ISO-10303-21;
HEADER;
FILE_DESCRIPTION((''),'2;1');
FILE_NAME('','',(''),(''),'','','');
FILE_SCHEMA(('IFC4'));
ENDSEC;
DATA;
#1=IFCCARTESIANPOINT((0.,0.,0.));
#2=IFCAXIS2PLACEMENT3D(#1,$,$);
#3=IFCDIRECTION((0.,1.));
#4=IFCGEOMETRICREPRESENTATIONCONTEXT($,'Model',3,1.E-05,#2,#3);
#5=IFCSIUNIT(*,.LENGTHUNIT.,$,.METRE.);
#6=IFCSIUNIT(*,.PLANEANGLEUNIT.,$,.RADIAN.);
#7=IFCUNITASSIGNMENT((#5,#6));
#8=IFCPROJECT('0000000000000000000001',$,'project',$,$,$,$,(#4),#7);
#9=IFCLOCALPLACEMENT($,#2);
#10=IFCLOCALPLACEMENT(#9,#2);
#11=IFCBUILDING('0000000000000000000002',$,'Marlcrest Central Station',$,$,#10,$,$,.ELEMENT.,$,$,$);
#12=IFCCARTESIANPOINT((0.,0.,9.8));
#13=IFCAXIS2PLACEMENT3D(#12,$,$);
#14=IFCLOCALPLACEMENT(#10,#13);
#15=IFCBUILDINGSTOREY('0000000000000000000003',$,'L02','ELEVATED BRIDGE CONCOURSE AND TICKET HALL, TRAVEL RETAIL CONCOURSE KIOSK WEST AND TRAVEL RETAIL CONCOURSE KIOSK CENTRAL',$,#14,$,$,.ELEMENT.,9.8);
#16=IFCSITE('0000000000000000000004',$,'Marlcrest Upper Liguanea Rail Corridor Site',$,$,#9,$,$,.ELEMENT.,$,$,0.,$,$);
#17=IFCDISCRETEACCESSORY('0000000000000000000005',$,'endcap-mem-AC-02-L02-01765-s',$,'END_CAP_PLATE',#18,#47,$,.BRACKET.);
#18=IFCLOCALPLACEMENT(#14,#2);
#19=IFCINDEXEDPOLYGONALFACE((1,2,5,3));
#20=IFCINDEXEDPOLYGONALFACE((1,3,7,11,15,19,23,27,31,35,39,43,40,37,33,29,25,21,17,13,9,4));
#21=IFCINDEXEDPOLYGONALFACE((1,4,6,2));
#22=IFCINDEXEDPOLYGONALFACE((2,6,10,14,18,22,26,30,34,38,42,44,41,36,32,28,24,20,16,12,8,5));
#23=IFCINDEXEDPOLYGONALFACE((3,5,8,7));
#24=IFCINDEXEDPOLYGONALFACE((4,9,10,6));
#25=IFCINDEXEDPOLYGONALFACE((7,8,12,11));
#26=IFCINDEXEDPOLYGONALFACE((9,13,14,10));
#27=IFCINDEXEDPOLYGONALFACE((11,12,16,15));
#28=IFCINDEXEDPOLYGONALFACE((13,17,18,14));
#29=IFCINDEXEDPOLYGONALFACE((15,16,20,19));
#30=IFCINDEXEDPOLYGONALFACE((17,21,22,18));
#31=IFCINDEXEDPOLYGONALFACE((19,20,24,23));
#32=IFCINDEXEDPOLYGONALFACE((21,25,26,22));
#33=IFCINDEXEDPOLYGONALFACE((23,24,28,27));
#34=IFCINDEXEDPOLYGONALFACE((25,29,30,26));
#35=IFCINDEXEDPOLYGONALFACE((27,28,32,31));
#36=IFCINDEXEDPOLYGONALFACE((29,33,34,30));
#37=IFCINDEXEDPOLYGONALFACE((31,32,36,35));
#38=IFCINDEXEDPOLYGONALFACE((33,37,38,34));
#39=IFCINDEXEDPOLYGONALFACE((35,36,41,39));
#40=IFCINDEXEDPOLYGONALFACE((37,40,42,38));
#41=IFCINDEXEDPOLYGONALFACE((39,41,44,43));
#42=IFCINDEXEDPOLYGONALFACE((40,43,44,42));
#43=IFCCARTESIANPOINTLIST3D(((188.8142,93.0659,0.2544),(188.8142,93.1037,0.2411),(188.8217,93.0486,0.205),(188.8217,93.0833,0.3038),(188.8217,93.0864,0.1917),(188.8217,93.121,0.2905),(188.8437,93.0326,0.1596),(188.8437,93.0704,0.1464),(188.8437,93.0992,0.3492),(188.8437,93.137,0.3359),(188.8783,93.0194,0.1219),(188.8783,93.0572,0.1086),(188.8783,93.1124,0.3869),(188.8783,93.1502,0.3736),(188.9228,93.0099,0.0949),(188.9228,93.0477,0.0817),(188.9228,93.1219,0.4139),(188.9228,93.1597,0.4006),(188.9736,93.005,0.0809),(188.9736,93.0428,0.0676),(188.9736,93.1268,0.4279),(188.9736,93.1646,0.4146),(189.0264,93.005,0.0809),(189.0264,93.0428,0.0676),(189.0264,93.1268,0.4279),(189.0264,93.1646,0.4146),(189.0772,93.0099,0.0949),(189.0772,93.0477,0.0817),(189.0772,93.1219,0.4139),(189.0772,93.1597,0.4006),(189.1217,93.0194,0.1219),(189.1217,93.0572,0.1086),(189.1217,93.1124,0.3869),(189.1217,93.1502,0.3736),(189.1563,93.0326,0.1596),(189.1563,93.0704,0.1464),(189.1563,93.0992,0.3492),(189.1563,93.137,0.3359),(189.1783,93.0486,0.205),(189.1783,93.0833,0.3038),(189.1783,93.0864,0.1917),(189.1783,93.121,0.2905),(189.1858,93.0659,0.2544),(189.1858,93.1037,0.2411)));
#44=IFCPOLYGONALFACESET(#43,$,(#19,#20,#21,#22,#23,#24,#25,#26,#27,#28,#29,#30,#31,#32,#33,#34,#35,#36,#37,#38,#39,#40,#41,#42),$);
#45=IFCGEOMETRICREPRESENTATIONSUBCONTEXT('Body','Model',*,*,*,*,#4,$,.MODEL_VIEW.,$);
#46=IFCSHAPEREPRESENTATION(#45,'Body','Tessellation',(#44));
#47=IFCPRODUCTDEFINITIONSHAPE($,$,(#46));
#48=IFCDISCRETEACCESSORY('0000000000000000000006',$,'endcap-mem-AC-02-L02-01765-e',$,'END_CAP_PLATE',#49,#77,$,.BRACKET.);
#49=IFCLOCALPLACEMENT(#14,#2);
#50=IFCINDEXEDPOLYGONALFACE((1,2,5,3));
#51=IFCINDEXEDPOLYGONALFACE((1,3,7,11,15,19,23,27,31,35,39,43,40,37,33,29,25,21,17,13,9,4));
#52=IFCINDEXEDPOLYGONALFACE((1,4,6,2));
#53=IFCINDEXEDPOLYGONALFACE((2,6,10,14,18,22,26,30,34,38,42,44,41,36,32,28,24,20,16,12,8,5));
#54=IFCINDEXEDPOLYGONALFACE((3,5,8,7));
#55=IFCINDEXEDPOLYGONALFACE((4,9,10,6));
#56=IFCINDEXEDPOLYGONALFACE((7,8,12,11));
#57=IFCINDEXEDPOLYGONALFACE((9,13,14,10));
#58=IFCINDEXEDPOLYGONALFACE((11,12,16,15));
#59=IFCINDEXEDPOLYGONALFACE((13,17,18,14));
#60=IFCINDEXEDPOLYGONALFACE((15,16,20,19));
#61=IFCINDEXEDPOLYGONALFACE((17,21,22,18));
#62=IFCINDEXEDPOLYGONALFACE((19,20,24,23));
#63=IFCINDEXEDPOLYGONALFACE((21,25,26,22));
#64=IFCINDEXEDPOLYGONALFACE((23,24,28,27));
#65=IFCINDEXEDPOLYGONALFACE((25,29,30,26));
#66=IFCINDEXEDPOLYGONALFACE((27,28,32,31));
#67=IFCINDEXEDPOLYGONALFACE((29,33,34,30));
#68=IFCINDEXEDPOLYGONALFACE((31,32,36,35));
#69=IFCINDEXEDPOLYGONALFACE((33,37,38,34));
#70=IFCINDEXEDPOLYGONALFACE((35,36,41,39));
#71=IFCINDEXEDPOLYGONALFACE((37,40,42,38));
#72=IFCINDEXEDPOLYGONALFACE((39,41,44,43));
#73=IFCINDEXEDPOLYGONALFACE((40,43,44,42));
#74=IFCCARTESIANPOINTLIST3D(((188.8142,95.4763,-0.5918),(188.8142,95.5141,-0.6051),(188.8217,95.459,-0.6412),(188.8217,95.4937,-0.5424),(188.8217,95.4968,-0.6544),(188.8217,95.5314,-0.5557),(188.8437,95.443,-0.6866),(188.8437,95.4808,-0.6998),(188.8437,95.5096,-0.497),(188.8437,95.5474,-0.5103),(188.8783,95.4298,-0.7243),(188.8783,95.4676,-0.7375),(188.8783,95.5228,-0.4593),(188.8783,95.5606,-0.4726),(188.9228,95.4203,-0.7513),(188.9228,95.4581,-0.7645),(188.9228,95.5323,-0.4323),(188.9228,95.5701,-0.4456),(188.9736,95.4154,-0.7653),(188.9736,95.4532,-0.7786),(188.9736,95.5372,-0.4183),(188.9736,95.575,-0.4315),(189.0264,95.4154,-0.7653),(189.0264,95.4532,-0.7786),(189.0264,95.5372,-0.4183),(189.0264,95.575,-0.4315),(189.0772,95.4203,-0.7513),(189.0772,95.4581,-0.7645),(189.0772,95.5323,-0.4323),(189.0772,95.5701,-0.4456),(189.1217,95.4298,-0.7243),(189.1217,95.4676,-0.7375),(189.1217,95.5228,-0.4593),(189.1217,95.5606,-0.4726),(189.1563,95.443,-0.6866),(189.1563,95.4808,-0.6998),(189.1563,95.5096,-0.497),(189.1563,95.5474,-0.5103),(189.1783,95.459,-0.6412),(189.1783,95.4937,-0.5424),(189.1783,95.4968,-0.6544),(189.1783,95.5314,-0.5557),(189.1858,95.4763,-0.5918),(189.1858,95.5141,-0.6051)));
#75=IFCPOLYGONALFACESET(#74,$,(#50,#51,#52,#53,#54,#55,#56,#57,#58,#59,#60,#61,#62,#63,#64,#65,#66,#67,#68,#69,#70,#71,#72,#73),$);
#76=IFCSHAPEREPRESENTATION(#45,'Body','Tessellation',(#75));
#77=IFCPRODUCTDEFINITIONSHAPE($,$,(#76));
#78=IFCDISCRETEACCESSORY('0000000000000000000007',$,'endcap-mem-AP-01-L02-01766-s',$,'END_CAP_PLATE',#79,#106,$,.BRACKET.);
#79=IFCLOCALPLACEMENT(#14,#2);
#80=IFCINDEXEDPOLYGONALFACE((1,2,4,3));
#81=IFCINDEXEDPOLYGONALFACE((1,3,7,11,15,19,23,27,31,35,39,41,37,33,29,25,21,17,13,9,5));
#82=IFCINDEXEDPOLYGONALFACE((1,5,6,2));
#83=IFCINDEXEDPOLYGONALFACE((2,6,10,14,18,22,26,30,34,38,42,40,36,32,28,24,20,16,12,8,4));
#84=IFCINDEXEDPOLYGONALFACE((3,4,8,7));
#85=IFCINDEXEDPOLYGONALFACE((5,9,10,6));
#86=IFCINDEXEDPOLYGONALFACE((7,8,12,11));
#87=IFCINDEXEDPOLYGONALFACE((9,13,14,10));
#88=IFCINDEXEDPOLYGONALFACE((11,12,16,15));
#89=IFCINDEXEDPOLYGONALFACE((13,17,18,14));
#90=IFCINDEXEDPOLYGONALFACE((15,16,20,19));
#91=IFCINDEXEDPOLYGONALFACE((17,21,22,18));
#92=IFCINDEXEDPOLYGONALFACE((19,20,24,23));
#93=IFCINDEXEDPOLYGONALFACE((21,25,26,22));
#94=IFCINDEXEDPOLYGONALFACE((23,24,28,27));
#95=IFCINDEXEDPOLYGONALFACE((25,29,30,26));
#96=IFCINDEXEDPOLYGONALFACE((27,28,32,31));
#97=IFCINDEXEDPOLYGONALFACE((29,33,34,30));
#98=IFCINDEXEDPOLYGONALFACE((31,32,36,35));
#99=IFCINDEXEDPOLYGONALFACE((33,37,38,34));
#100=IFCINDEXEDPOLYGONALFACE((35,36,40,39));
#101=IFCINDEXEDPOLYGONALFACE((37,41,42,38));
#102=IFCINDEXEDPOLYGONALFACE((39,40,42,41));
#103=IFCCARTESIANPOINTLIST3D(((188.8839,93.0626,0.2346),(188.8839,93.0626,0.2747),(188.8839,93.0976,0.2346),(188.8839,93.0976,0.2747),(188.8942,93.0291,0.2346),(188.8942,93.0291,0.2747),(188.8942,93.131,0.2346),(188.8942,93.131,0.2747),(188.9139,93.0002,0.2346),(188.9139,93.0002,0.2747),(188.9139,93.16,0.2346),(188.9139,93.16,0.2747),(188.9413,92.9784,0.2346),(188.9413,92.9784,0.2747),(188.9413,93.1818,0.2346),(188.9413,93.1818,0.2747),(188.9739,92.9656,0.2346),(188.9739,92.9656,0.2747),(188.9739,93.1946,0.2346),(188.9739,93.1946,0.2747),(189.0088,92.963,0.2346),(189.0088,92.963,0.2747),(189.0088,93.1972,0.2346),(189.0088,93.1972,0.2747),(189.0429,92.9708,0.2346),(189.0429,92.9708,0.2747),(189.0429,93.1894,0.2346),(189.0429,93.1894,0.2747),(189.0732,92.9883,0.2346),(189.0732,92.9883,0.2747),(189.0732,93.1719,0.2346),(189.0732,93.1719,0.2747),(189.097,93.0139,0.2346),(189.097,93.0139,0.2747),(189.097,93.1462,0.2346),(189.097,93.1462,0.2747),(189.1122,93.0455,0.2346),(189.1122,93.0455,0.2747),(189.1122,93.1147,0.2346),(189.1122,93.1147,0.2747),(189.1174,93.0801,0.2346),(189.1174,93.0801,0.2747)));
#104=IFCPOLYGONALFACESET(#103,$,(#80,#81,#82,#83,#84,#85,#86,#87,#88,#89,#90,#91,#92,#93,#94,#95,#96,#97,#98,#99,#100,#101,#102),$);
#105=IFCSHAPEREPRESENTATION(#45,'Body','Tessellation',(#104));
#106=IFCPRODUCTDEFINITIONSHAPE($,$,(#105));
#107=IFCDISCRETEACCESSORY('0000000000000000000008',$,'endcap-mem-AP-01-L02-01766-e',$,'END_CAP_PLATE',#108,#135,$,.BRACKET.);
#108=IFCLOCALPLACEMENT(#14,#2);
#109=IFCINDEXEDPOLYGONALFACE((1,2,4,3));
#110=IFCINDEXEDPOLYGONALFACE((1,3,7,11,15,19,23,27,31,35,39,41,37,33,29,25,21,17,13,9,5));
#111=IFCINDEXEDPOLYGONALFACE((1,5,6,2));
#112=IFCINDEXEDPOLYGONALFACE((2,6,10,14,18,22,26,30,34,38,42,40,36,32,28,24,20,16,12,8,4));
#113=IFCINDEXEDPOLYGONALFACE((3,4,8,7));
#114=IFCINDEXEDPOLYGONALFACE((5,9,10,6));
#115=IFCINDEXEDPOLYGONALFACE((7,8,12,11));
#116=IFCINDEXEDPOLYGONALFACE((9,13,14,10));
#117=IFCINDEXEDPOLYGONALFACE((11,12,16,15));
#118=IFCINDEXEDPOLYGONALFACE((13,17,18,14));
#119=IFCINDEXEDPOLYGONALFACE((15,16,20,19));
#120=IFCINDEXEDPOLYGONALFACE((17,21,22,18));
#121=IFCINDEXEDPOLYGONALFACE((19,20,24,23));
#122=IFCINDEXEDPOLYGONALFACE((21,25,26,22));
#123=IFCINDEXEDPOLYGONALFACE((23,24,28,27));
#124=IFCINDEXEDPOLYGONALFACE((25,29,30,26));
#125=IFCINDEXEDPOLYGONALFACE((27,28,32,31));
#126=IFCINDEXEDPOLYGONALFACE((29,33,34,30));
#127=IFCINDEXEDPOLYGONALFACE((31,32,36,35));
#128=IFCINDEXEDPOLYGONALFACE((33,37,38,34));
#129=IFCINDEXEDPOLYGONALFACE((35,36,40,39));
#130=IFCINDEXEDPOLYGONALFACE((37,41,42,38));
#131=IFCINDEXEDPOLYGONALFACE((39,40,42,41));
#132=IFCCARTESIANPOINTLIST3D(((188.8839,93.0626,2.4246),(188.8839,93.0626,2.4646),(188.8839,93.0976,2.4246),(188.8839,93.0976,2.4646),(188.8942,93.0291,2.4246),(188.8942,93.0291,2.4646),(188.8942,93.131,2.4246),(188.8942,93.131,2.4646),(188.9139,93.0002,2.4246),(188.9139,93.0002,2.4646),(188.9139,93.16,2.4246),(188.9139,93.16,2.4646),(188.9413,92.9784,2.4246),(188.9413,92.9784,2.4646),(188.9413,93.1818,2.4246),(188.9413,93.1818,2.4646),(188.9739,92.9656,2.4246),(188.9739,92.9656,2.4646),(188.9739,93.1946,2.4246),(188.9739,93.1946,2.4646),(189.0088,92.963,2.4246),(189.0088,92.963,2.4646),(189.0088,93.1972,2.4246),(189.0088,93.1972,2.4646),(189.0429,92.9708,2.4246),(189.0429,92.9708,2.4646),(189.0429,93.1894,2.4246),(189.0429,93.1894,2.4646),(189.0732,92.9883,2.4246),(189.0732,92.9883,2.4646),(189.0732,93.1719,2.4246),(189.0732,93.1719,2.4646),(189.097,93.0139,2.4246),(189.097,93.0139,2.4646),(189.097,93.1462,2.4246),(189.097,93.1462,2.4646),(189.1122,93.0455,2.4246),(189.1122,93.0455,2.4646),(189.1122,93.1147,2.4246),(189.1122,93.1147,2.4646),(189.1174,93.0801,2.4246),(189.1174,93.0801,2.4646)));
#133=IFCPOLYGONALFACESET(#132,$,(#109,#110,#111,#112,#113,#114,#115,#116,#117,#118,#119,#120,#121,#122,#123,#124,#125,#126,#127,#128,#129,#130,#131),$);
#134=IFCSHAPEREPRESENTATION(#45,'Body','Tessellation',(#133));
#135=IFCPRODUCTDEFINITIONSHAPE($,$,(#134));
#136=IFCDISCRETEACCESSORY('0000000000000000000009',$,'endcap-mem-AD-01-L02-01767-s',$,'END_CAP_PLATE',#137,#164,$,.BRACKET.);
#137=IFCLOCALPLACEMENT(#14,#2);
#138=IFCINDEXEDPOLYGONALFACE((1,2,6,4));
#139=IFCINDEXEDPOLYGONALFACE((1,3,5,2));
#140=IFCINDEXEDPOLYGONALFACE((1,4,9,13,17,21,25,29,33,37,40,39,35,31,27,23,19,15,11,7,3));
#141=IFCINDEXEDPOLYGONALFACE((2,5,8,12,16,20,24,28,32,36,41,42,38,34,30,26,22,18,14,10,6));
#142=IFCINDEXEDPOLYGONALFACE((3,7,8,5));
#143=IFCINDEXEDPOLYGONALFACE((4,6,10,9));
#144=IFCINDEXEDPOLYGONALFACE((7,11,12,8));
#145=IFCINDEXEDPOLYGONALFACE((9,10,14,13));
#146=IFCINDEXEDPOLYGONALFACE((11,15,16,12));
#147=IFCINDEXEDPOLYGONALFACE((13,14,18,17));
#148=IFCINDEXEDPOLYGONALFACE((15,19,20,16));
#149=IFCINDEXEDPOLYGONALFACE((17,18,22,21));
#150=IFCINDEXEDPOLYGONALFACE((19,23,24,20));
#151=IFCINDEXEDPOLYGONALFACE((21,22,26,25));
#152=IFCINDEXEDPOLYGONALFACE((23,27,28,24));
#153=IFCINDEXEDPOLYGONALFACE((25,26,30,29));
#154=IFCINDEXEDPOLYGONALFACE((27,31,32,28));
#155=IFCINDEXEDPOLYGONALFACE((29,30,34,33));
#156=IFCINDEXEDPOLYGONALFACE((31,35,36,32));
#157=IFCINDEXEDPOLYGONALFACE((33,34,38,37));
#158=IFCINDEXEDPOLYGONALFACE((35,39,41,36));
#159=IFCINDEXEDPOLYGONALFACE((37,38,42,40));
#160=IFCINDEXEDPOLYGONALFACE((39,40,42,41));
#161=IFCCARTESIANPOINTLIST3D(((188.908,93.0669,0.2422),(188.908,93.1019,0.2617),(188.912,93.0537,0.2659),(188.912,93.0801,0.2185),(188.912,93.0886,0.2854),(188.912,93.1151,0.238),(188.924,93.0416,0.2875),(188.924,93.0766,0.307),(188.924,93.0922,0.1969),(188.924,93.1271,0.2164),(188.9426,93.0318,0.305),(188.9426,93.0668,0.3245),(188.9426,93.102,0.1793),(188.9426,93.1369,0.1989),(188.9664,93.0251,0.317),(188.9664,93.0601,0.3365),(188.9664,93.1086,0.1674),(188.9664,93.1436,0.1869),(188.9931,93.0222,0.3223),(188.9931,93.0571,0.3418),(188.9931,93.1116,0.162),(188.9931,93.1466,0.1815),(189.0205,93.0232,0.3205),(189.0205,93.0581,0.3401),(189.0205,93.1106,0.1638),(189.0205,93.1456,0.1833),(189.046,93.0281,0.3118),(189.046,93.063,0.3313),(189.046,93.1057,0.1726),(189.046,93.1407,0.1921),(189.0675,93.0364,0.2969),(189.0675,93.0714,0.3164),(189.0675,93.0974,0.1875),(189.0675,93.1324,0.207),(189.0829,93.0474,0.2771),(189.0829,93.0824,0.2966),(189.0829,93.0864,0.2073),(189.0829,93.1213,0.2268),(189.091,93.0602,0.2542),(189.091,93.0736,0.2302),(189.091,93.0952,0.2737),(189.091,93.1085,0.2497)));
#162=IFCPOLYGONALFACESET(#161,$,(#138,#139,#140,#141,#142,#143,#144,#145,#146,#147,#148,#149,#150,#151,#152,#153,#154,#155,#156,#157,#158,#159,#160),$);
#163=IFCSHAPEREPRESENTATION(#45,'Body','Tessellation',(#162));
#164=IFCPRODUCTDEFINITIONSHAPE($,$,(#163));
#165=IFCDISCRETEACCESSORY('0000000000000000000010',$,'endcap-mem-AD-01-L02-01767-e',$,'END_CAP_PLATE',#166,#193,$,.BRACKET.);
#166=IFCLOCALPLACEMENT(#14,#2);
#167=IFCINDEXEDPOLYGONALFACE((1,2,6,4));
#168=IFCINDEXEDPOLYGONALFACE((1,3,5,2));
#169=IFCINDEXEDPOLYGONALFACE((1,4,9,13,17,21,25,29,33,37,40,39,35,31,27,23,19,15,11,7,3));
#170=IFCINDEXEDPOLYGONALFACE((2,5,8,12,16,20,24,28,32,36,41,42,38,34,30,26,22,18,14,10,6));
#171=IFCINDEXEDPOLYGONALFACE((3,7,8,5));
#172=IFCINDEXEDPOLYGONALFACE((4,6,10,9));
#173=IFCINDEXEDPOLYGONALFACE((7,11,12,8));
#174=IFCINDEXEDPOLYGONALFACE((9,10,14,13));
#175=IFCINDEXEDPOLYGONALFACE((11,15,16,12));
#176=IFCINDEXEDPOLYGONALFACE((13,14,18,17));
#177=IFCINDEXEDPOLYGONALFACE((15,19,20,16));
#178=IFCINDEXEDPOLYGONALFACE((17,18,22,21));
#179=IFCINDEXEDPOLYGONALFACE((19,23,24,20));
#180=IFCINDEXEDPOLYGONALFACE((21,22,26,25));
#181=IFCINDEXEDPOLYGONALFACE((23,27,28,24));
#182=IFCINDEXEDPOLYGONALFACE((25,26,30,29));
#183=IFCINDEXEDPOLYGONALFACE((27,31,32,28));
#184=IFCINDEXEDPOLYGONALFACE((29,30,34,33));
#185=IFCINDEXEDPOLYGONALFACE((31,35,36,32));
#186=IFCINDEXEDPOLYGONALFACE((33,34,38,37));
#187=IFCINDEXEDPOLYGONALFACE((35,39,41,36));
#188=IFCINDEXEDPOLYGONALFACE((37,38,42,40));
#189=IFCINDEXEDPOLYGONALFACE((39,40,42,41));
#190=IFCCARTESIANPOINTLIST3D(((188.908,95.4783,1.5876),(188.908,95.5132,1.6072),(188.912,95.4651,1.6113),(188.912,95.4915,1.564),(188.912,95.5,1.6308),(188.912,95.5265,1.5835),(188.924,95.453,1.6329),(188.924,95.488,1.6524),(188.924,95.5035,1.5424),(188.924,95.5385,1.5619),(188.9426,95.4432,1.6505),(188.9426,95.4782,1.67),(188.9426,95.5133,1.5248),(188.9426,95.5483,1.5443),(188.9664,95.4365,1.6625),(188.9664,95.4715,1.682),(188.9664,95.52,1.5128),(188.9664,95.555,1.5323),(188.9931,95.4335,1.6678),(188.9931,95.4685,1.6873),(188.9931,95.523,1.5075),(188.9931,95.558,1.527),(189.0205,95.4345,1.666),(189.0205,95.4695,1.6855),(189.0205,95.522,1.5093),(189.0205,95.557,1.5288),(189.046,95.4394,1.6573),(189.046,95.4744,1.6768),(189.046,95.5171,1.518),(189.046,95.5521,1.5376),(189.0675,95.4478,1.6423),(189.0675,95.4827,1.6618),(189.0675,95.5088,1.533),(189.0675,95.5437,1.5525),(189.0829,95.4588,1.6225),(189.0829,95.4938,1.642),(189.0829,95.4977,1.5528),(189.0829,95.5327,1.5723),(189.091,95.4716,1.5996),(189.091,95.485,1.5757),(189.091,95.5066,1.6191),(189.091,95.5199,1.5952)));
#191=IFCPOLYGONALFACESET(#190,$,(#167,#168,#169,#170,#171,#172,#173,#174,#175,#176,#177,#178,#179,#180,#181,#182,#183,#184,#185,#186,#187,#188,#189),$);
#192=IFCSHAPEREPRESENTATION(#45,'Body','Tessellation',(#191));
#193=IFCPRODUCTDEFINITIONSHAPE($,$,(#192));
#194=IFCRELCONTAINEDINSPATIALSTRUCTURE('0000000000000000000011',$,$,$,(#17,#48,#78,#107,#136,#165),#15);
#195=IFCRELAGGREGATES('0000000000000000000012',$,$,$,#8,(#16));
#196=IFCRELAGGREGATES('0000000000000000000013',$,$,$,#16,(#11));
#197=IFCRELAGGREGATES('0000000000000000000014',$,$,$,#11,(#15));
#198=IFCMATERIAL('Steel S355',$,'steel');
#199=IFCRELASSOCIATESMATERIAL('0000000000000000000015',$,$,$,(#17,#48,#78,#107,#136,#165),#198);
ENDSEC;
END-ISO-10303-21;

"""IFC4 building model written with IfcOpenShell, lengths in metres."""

from ifc_helpers import new_model, si_unit, direction, frame, origin, origin_2d, place, context, subcontext, project, spatial, circle, extrude, material, element, save


model = new_model("IFC4")

# Units and contexts
model_context = context("Model", 3, precision=1e-05, world=origin(), true_north=direction((0.0, 1.0)))
body_context = subcontext(model_context, "Body", "Model", "MODEL_VIEW")
ifc_project = project(units=[si_unit("LENGTHUNIT", "METRE"), si_unit("PLANEANGLEUNIT", "RADIAN")], contexts=[model_context])

# Site, building, storey
site_placement = place(None, origin())
site = spatial("IfcSite", under=ifc_project, at=site_placement, Name="Marlcrest Upper Liguanea Rail Corridor Site", CompositionType="ELEMENT", RefElevation=0.0)
building_placement = place(site_placement, origin())
building = spatial("IfcBuilding", under=site, at=building_placement, Name="Marlcrest Central Station", CompositionType="ELEMENT")
storey_placement = place(building_placement, frame((0.0, 0.0, 9.8)))
storey = spatial("IfcBuildingStorey", under=building, at=storey_placement, Name="L02", Description="ELEVATED BRIDGE CONCOURSE AND TICKET HALL, TRAVEL RETAIL CONCOURSE KIOSK WEST AND TRAVEL RETAIL CONCOURSE KIOSK CENTRAL", CompositionType="ELEMENT", Elevation=9.8)

# Shared definitions
ifc_material_1 = material(Name="Steel S355", Category="steel")

# Discrete accessories
for number, where, z_axis, x_axis, name in (
    (1, (189.0, 93.0659, 0.2544), (0.0, 0.943537, -0.331266), (-1.0, 0.0, 0.0), "endcap-mem-AC-02-L02-01765-s"),
    (2, (189.0, 95.4763, -0.5918), (0.0, 0.943537, -0.331266), (-1.0, 0.0, 0.0), "endcap-mem-AC-02-L02-01765-e"),
):
    element("IfcDiscreteAccessory", number, at=place(storey_placement, frame(where, z_axis=z_axis, x_axis=x_axis)), inside=storey, material=ifc_material_1, Name=name, ObjectType="END_CAP_PLATE", PredefinedType="BRACKET", context=body_context, shape_type="SweptSolid", body=[
        extrude(circle(Radius=0.1858, at=origin_2d()), origin(), (0.0, 0.0, 1.0), 0.04),
    ])
for number, where, z_axis, x_axis, name in (
    (3, (189.0, 93.0801, 0.2346), (0.0, 0.0, 1.0), (1.0, 0.0, 0.0), "endcap-mem-AP-01-L02-01766-s"),
    (4, (189.0, 93.0801, 2.4246), (0.0, 0.0, 1.0), (1.0, 0.0, 0.0), "endcap-mem-AP-01-L02-01766-e"),
):
    element("IfcDiscreteAccessory", number, at=place(storey_placement, frame(where, z_axis=z_axis, x_axis=x_axis)), inside=storey, material=ifc_material_1, Name=name, ObjectType="END_CAP_PLATE", PredefinedType="BRACKET", context=body_context, shape_type="SweptSolid", body=[
        extrude(circle(Radius=0.1174, at=origin_2d()), origin(), (0.0, 0.0, 1.0), 0.04),
    ])
for number, where, z_axis, x_axis, name in (
    (5, (189.0, 93.0669, 0.2422), (0.0, 0.873246, 0.48728), (-1.0, 0.0, 0.0), "endcap-mem-AD-01-L02-01767-s"),
    (6, (189.0, 95.4783, 1.5876), (0.0, 0.873246, 0.48728), (-1.0, 0.0, 0.0), "endcap-mem-AD-01-L02-01767-e"),
):
    element("IfcDiscreteAccessory", number, at=place(storey_placement, frame(where, z_axis=z_axis, x_axis=x_axis)), inside=storey, material=ifc_material_1, Name=name, ObjectType="END_CAP_PLATE", PredefinedType="BRACKET", context=body_context, shape_type="SweptSolid", body=[
        extrude(circle(Radius=0.092, at=origin_2d()), origin(), (0.0, 0.0, 1.0), 0.04),
    ])

save(model, "model.ifc")
